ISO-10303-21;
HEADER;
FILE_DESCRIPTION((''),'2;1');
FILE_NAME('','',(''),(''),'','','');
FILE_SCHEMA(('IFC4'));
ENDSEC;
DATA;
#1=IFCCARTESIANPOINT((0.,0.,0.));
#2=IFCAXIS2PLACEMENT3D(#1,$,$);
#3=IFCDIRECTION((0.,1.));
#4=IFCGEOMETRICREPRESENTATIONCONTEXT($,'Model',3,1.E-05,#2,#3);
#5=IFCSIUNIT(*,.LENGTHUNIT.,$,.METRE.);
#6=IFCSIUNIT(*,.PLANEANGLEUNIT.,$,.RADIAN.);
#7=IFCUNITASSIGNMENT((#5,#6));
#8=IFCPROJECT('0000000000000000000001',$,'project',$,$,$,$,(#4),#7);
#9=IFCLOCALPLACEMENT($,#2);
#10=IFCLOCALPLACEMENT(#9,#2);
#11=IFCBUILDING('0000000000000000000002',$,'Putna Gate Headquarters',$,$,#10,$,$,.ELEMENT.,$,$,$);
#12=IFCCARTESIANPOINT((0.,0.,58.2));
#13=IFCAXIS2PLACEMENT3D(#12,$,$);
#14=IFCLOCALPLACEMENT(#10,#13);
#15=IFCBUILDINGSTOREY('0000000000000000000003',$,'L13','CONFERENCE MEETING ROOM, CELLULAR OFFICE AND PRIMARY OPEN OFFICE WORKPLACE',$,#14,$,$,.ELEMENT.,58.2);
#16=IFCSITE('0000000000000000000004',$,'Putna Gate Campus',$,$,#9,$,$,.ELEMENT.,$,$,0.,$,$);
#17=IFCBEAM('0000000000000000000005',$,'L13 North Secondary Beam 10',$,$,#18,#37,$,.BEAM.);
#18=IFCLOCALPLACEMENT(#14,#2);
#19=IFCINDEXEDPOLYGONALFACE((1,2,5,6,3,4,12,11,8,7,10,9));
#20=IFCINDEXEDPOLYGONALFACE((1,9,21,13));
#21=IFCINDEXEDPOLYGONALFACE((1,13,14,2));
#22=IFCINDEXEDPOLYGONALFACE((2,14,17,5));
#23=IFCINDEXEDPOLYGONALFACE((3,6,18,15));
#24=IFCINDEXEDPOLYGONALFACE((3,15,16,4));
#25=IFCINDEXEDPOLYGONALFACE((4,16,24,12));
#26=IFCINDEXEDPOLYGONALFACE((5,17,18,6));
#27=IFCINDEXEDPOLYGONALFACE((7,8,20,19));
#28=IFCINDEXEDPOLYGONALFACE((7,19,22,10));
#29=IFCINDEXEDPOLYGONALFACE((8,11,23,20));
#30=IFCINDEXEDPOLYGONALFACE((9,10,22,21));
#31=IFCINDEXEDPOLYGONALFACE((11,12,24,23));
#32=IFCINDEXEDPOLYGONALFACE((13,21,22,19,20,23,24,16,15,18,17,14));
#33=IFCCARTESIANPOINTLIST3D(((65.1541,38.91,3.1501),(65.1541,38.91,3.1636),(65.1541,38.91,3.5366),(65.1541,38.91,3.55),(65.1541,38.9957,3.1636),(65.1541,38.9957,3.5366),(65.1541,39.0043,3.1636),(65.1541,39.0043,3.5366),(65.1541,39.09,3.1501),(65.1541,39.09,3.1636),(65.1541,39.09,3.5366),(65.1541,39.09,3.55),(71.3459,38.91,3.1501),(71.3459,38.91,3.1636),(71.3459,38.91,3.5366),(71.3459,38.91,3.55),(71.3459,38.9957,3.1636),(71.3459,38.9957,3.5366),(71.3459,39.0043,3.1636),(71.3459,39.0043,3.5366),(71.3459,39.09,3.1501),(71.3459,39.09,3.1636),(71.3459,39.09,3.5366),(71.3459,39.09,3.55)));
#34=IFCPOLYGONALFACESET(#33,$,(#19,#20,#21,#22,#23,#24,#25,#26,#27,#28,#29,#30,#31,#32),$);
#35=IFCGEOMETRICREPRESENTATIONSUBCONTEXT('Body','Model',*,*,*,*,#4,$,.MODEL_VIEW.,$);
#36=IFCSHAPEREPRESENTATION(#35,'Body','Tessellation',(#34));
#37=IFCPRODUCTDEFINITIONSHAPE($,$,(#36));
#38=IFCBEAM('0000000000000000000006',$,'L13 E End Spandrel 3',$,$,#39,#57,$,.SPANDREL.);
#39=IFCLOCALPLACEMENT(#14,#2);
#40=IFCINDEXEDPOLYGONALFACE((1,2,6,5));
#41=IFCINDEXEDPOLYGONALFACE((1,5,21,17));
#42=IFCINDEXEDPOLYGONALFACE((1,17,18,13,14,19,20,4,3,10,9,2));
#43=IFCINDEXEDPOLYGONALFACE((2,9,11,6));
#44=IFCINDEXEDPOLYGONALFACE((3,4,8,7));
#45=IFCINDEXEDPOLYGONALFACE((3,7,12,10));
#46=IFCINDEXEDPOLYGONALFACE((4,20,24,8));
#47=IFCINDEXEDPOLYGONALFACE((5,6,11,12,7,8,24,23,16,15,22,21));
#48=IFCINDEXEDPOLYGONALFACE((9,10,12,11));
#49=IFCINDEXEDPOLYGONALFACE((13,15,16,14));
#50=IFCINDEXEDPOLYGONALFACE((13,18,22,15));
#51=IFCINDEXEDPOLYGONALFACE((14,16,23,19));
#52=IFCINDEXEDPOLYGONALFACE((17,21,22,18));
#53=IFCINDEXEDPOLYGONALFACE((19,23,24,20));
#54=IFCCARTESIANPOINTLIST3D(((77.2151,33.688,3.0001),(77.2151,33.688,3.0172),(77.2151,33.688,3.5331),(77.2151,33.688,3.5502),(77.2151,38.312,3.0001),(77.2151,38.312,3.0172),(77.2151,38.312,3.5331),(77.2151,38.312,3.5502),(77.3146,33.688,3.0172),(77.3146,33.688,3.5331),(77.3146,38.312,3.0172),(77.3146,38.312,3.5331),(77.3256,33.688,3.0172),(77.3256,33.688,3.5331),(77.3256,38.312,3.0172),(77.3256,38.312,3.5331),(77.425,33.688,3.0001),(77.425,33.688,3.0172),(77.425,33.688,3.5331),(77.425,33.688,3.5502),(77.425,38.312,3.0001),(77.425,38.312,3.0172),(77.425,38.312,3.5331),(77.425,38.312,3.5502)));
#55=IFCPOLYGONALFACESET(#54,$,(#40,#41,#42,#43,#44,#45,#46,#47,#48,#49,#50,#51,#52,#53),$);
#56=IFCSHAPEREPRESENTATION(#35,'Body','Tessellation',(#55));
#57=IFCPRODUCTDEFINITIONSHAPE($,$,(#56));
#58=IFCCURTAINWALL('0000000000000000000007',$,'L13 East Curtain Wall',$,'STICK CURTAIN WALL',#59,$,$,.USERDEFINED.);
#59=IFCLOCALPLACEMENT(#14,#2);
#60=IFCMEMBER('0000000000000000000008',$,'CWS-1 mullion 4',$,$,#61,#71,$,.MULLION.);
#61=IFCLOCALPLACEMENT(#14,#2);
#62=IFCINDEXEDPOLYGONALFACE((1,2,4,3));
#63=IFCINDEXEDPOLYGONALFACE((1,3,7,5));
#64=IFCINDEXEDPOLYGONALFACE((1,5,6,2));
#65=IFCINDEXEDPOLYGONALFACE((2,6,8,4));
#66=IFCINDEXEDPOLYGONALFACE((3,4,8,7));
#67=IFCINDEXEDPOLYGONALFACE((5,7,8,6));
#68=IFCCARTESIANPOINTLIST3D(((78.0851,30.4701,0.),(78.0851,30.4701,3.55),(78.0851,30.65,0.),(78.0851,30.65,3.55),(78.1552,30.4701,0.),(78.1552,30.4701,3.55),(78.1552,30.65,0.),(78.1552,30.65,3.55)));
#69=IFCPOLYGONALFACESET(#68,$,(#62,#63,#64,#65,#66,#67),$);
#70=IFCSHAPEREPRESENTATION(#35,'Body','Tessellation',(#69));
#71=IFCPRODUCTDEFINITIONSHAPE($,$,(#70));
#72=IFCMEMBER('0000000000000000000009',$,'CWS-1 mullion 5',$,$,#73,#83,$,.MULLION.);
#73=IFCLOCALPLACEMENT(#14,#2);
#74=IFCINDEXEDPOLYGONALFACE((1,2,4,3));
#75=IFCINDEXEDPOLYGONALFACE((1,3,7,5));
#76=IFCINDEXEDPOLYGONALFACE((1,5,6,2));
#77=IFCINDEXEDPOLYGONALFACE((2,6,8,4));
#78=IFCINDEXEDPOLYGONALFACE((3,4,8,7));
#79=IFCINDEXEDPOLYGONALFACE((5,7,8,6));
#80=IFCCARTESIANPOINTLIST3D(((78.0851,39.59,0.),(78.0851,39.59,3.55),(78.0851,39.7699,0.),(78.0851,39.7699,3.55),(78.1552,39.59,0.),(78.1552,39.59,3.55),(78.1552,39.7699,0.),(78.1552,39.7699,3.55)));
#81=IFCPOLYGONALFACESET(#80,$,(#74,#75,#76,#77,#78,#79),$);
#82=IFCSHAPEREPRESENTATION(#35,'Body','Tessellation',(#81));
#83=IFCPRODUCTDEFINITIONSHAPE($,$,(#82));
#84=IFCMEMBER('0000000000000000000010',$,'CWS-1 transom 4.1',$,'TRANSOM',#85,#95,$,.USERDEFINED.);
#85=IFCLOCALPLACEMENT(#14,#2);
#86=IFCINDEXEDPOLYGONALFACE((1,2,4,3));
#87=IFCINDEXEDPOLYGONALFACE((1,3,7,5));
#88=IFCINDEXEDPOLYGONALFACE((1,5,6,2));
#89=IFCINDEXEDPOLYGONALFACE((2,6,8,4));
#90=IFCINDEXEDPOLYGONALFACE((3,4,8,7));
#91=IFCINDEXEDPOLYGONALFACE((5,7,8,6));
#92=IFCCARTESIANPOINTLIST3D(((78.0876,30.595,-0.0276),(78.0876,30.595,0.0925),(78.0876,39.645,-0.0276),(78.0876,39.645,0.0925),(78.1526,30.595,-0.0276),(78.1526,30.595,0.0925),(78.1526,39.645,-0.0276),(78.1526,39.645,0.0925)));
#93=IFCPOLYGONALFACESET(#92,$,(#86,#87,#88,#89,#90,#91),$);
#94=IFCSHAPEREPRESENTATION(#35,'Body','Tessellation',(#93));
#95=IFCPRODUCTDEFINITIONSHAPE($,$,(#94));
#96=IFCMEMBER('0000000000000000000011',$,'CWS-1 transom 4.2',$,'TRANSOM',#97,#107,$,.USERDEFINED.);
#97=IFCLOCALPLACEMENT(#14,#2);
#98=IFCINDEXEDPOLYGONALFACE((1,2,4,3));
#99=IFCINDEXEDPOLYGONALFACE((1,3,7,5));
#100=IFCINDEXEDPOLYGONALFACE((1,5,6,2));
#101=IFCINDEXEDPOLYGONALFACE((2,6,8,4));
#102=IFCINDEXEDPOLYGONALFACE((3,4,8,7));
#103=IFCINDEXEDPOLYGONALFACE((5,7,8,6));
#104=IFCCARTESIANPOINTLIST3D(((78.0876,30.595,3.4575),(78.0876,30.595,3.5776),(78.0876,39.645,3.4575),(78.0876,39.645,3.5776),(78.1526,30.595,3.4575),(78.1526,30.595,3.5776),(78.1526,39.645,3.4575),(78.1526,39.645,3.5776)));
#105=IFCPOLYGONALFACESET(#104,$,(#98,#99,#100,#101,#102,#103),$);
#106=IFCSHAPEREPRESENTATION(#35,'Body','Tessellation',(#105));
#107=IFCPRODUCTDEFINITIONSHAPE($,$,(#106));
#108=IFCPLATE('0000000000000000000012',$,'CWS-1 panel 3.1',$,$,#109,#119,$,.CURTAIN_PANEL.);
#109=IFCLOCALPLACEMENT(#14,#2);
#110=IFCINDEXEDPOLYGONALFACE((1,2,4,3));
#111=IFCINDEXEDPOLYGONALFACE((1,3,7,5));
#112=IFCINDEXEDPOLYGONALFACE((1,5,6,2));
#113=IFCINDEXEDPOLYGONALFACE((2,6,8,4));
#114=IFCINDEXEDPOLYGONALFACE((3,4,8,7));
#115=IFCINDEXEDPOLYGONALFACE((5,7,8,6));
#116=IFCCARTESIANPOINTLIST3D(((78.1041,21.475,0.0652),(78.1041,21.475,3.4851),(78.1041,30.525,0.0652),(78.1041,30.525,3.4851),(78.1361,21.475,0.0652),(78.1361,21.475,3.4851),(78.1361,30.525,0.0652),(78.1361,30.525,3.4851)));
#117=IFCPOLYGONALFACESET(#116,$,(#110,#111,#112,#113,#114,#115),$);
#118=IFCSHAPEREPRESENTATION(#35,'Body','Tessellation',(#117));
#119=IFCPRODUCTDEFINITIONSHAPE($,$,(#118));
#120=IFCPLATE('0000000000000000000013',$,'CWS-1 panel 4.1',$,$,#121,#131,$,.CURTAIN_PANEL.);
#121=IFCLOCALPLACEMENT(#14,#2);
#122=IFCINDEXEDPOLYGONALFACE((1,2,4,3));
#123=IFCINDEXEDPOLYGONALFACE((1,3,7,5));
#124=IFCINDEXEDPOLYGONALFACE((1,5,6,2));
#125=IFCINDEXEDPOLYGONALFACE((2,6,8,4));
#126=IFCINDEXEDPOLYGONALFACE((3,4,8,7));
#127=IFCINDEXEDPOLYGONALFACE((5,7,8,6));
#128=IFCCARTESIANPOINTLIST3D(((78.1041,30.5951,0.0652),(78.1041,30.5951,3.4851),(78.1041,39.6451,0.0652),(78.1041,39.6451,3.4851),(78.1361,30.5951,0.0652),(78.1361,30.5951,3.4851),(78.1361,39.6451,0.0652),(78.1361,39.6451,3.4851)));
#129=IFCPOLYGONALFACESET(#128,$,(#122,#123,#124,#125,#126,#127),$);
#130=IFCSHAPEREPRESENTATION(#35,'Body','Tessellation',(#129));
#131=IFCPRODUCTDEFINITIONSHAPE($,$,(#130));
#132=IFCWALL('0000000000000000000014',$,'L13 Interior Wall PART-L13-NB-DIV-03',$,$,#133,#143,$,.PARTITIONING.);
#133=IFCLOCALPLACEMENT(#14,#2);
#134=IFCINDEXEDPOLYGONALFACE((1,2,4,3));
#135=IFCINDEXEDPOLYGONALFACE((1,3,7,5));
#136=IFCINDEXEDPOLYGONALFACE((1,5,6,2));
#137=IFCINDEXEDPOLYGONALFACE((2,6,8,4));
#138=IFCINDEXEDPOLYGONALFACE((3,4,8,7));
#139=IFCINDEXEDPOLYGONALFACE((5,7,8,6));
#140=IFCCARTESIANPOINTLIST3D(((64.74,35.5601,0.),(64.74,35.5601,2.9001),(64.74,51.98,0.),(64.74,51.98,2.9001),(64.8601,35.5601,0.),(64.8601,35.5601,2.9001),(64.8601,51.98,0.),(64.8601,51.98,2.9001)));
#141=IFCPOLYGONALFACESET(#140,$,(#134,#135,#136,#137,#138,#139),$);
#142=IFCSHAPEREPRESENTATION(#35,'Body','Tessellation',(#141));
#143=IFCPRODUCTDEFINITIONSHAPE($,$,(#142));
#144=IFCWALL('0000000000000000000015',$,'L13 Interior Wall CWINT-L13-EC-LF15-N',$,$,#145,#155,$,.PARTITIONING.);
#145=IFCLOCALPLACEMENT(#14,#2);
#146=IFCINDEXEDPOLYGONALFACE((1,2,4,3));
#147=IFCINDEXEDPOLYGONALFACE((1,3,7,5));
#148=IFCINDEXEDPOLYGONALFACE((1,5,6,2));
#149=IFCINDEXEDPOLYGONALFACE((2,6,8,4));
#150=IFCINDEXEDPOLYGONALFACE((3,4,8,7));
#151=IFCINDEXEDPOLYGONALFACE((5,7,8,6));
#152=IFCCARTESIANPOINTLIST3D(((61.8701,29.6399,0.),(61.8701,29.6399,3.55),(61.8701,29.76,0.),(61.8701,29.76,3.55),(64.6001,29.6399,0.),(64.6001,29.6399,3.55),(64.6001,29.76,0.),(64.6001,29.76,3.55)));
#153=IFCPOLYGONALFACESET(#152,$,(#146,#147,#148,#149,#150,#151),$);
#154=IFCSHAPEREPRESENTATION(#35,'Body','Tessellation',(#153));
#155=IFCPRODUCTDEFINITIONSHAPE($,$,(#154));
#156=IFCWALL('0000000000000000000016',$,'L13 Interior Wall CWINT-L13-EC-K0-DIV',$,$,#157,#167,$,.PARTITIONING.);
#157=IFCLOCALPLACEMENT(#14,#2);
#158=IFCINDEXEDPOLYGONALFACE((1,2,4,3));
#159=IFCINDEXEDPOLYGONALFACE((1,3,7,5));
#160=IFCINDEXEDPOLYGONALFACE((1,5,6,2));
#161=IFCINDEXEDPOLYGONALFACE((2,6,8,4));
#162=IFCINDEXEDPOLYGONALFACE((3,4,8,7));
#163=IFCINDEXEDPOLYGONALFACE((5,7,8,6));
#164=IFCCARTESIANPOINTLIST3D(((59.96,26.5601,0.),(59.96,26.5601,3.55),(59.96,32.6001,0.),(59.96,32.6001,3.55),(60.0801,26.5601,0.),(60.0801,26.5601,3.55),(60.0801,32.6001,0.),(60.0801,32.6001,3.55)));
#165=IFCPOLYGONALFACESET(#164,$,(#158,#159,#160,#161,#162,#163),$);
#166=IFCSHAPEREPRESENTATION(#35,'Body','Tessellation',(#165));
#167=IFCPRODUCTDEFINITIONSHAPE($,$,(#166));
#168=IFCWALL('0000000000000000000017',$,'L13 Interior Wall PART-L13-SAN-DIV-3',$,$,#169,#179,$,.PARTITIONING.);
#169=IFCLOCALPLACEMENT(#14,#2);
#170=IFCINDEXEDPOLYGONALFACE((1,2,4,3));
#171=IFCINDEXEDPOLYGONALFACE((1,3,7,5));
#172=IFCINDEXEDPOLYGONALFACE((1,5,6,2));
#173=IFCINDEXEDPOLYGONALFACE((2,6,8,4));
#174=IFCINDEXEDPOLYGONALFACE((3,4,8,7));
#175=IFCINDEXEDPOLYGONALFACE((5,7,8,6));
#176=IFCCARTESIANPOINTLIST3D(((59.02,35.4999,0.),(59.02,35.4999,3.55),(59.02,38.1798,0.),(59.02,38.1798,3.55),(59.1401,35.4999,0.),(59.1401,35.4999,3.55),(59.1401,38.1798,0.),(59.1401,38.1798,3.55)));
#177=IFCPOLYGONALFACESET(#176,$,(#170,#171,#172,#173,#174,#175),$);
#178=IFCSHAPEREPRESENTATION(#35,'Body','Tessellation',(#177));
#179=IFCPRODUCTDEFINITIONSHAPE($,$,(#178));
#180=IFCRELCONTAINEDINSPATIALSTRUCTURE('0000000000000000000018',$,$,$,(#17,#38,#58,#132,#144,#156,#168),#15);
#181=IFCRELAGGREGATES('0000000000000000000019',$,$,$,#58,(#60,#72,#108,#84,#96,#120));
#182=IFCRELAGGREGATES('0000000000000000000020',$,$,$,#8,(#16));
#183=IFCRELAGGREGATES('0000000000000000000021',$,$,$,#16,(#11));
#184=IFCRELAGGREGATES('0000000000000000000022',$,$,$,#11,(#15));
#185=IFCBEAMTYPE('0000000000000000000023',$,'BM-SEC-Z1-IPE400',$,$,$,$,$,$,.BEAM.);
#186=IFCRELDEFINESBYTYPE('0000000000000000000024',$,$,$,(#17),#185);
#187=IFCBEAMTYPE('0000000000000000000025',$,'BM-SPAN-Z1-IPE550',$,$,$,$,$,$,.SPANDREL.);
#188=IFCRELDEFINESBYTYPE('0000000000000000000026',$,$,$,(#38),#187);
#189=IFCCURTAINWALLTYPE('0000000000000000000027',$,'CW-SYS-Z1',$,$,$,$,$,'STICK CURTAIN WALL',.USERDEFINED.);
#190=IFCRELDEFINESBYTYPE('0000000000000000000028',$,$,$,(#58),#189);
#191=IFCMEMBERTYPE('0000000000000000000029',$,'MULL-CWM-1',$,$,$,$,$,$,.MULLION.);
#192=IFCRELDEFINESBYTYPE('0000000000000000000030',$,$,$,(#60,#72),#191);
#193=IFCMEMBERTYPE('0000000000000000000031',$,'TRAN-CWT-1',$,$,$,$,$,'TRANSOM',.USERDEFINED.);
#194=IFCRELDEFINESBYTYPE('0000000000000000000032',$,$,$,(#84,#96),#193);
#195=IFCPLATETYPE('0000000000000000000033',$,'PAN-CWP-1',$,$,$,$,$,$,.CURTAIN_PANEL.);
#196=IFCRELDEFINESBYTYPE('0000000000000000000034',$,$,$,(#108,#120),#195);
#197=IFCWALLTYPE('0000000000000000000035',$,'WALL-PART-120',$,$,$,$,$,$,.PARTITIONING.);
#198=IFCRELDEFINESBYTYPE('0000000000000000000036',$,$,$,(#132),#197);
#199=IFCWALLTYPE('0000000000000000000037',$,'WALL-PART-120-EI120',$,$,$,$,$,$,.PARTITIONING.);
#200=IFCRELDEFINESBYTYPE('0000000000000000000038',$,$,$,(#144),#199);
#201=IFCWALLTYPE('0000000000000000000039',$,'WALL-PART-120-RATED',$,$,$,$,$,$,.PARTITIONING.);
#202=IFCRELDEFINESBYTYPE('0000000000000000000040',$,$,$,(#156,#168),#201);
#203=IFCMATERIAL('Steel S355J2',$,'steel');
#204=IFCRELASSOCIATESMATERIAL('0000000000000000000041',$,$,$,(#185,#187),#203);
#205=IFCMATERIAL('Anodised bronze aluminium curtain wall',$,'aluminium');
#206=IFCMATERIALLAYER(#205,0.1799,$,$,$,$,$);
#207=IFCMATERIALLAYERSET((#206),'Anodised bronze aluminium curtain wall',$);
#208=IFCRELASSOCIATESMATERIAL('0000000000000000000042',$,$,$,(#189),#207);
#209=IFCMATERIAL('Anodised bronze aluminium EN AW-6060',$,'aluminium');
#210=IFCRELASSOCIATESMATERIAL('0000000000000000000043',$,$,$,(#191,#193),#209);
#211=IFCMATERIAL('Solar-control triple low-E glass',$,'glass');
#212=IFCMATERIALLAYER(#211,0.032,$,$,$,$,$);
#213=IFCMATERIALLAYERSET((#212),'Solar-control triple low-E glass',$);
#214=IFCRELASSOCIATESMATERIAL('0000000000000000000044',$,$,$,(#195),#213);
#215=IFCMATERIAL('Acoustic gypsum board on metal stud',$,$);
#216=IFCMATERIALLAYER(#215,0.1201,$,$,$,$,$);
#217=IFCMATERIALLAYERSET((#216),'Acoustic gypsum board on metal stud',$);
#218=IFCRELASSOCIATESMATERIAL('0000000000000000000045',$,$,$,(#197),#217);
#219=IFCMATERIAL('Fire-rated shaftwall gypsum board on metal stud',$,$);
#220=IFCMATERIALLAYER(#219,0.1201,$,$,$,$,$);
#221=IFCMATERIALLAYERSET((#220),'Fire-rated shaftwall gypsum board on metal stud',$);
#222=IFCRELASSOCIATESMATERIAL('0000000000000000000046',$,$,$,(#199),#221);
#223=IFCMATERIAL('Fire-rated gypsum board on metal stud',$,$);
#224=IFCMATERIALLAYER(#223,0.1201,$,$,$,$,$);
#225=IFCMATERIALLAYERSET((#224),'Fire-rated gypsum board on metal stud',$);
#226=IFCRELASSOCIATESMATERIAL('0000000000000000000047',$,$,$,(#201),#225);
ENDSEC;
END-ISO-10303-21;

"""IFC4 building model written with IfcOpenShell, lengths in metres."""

from ifc_helpers import new_model, si_unit, direction, frame, frame_2d, origin, origin_2d, place, context, subcontext, project, spatial, rectangle, i_section, extrude, material, layer, layer_set, material_profile, profile_set, type_object, element, aggregate, save


model = new_model("IFC4")

# Units and contexts
model_context = context("Model", 3, precision=1e-05, world=origin(), true_north=direction((0.0, 1.0)))
body_context = subcontext(model_context, "Body", "Model", "MODEL_VIEW")
ifc_project = project(units=[si_unit("LENGTHUNIT", "METRE"), si_unit("PLANEANGLEUNIT", "RADIAN")], contexts=[model_context])

# Site, building, storey
site_placement = place(None, origin())
site = spatial("IfcSite", under=ifc_project, at=site_placement, Name="Putna Gate Campus", CompositionType="ELEMENT", RefElevation=0.0)
building_placement = place(site_placement, origin())
building = spatial("IfcBuilding", under=site, at=building_placement, Name="Putna Gate Headquarters", CompositionType="ELEMENT")
storey_placement = place(building_placement, frame((0.0, 0.0, 58.2)))
storey = spatial("IfcBuildingStorey", under=building, at=storey_placement, Name="L13", Description="CONFERENCE MEETING ROOM, CELLULAR OFFICE AND PRIMARY OPEN OFFICE WORKPLACE", CompositionType="ELEMENT", Elevation=58.2)

# Beams
ifc_material_1 = material(Name="Steel S355J2", Category="steel")
ifc_material_profile_1 = material_profile(ifc_material_1, i_section(OverallWidth=0.1799, OverallDepth=0.3999, WebThickness=0.0085, FlangeThickness=0.0134, at=origin_2d()), Name="Steel S355J2")
ifc_profile_set_1 = profile_set([ifc_material_profile_1], Name="Steel S355J2")
beam_type_1 = type_object("IfcBeamType", Name="BM-SEC-Z1-IPE400", PredefinedType="BEAM", material=ifc_profile_set_1)
beam_1_placement = place(storey_placement, frame((65.1541, 39.0, 3.3501), z_axis=(1.0, 0.0, 0.0), x_axis=(0.0, 1.0, 0.0)))
element("IfcBeam", 1, at=beam_1_placement, inside=storey, type_object=beam_type_1, Name="L13 North Secondary Beam 10", PredefinedType="BEAM", context=body_context, shape_type="SweptSolid", body=[
    extrude(i_section(OverallWidth=0.1799, OverallDepth=0.3999, WebThickness=0.0085, FlangeThickness=0.0134, at=origin_2d()), origin(), (0.0, 0.0, 1.0), 6.1919),
])
ifc_material_profile_2 = material_profile(ifc_material_1, i_section(OverallWidth=0.21, OverallDepth=0.55, WebThickness=0.011, FlangeThickness=0.0171, at=origin_2d()), Name="Steel S355J2")
ifc_profile_set_2 = profile_set([ifc_material_profile_2], Name="Steel S355J2")
beam_type_2 = type_object("IfcBeamType", Name="BM-SPAN-Z1-IPE550", PredefinedType="SPANDREL", material=ifc_profile_set_2)
beam_2_placement = place(storey_placement, frame((77.3201, 33.688, 3.2751), z_axis=(0.0, 1.0, 0.0), x_axis=(-1.0, 0.0, 0.0)))
element("IfcBeam", 2, at=beam_2_placement, inside=storey, type_object=beam_type_2, Name="L13 E End Spandrel 3", PredefinedType="SPANDREL", context=body_context, shape_type="SweptSolid", body=[
    extrude(i_section(OverallWidth=0.21, OverallDepth=0.55, WebThickness=0.011, FlangeThickness=0.0171, at=origin_2d()), origin(), (0.0, 0.0, 1.0), 4.624),
])

# Curtain wall, members, plates
ifc_material_2 = material(Name="Anodised bronze aluminium curtain wall", Category="aluminium")
ifc_layer_1 = layer(ifc_material_2, 0.1799)
ifc_layer_set_1 = layer_set([ifc_layer_1], Name="Anodised bronze aluminium curtain wall")
curtain_wall_type = type_object("IfcCurtainWallType", Name="CW-SYS-Z1", ElementType="STICK CURTAIN WALL", PredefinedType="USERDEFINED", material=ifc_layer_set_1)
curtain_wall_placement = place(storey_placement, origin())
curtain_wall = element("IfcCurtainWall", 3, at=curtain_wall_placement, inside=storey, type_object=curtain_wall_type, Name="L13 East Curtain Wall", ObjectType="STICK CURTAIN WALL", PredefinedType="USERDEFINED")
ifc_material_3 = material(Name="Anodised bronze aluminium EN AW-6060", Category="aluminium")
ifc_material_profile_3 = material_profile(ifc_material_3, rectangle(XDim=0.0701, YDim=0.1799, at=origin_2d()), Name="Anodised bronze aluminium EN AW-6060")
ifc_profile_set_3 = profile_set([ifc_material_profile_3], Name="Anodised bronze aluminium EN AW-6060")
member_type_1 = type_object("IfcMemberType", Name="MULL-CWM-1", PredefinedType="MULLION", material=ifc_profile_set_3)
member_1_placement = place(storey_placement, frame((78.1201, 30.5601, 0.0), z_axis=(0.0, 0.0, 1.0), x_axis=(-1.0, 0.0, 0.0)))
member_1 = element("IfcMember", 4, at=member_1_placement, type_object=member_type_1, Name="CWS-1 mullion 4", PredefinedType="MULLION", context=body_context, shape_type="SweptSolid", body=[
    extrude(rectangle(XDim=0.0701, YDim=0.1799, at=origin_2d()), origin(), (0.0, 0.0, 1.0), 3.55),
])
member_2_placement = place(storey_placement, frame((78.1201, 39.6799, 0.0), z_axis=(0.0, 0.0, 1.0), x_axis=(-1.0, 0.0, 0.0)))
member_2 = element("IfcMember", 5, at=member_2_placement, type_object=member_type_1, Name="CWS-1 mullion 5", PredefinedType="MULLION", context=body_context, shape_type="SweptSolid", body=[
    extrude(rectangle(XDim=0.0701, YDim=0.1799, at=origin_2d()), origin(), (0.0, 0.0, 1.0), 3.55),
])
ifc_material_profile_4 = material_profile(ifc_material_3, rectangle(XDim=0.0649, YDim=0.1201, at=origin_2d()), Name="Anodised bronze aluminium EN AW-6060")
ifc_profile_set_4 = profile_set([ifc_material_profile_4], Name="Anodised bronze aluminium EN AW-6060")
member_type_2 = type_object("IfcMemberType", Name="TRAN-CWT-1", ElementType="TRANSOM", PredefinedType="USERDEFINED", material=ifc_profile_set_4)
member_3_placement = place(storey_placement, frame((78.1201, 30.595, 0.0325), z_axis=(0.0, 1.0, 0.0), x_axis=(-1.0, 0.0, 0.0)))
member_3 = element("IfcMember", 6, at=member_3_placement, type_object=member_type_2, Name="CWS-1 transom 4.1", ObjectType="TRANSOM", PredefinedType="USERDEFINED", context=body_context, shape_type="SweptSolid", body=[
    extrude(rectangle(XDim=0.0649, YDim=0.1201, at=origin_2d()), origin(), (0.0, 0.0, 1.0), 9.05),
])
member_4_placement = place(storey_placement, frame((78.1201, 30.595, 3.5176), z_axis=(0.0, 1.0, 0.0), x_axis=(-1.0, 0.0, 0.0)))
member_4 = element("IfcMember", 7, at=member_4_placement, type_object=member_type_2, Name="CWS-1 transom 4.2", ObjectType="TRANSOM", PredefinedType="USERDEFINED", context=body_context, shape_type="SweptSolid", body=[
    extrude(rectangle(XDim=0.0649, YDim=0.1201, at=origin_2d()), origin(), (0.0, 0.0, 1.0), 9.05),
])
ifc_material_4 = material(Name="Solar-control triple low-E glass", Category="glass")
ifc_layer_2 = layer(ifc_material_4, 0.032)
ifc_layer_set_2 = layer_set([ifc_layer_2], Name="Solar-control triple low-E glass")
plate_type = type_object("IfcPlateType", Name="PAN-CWP-1", PredefinedType="CURTAIN_PANEL", material=ifc_layer_set_2)
plate_1_placement = place(storey_placement, frame((78.1201, 26.0, 0.0652), z_axis=(0.0, 0.0, 1.0), x_axis=(0.0, 1.0, 0.0)))
plate_1 = element("IfcPlate", 8, at=plate_1_placement, type_object=plate_type, Name="CWS-1 panel 3.1", PredefinedType="CURTAIN_PANEL", context=body_context, shape_type="SweptSolid", body=[
    extrude(rectangle(XDim=9.05, YDim=0.032, at=origin_2d()), origin(), (0.0, 0.0, 1.0), 3.4199),
])
plate_2_placement = place(storey_placement, frame((78.1201, 35.1201, 0.0652), z_axis=(0.0, 0.0, 1.0), x_axis=(0.0, 1.0, 0.0)))
plate_2 = element("IfcPlate", 9, at=plate_2_placement, type_object=plate_type, Name="CWS-1 panel 4.1", PredefinedType="CURTAIN_PANEL", context=body_context, shape_type="SweptSolid", body=[
    extrude(rectangle(XDim=9.05, YDim=0.032, at=origin_2d()), origin(), (0.0, 0.0, 1.0), 3.4199),
])
aggregate(curtain_wall, [member_1, member_2, plate_1, member_3, member_4, plate_2])

# Walls
ifc_material_5 = material(Name="Acoustic gypsum board on metal stud")
ifc_layer_3 = layer(ifc_material_5, 0.1201)
ifc_layer_set_3 = layer_set([ifc_layer_3], Name="Acoustic gypsum board on metal stud")
wall_type_1 = type_object("IfcWallType", Name="WALL-PART-120", PredefinedType="PARTITIONING", material=ifc_layer_set_3)
wall_1_placement = place(storey_placement, frame((64.8, 35.5601, 0.0), z_axis=(0.0, 0.0, 1.0), x_axis=(0.0, 1.0, 0.0)))
element("IfcWall", 10, at=wall_1_placement, inside=storey, type_object=wall_type_1, Name="L13 Interior Wall PART-L13-NB-DIV-03", PredefinedType="PARTITIONING", context=body_context, shape_type="SweptSolid", body=[
    extrude(rectangle(XDim=16.4199, YDim=0.1201, at=frame_2d((8.21, 0.0))), origin(), (0.0, 0.0, 1.0), 2.9001),
])
ifc_material_6 = material(Name="Fire-rated shaftwall gypsum board on metal stud")
ifc_layer_4 = layer(ifc_material_6, 0.1201)
ifc_layer_set_4 = layer_set([ifc_layer_4], Name="Fire-rated shaftwall gypsum board on metal stud")
wall_type_2 = type_object("IfcWallType", Name="WALL-PART-120-EI120", PredefinedType="PARTITIONING", material=ifc_layer_set_4)
wall_2_placement = place(storey_placement, frame((61.8701, 29.7, 0.0), z_axis=(0.0, 0.0, 1.0), x_axis=(1.0, 0.0, 0.0)))
element("IfcWall", 11, at=wall_2_placement, inside=storey, type_object=wall_type_2, Name="L13 Interior Wall CWINT-L13-EC-LF15-N", PredefinedType="PARTITIONING", context=body_context, shape_type="SweptSolid", body=[
    extrude(rectangle(XDim=2.73, YDim=0.1201, at=frame_2d((1.365, 0.0))), origin(), (0.0, 0.0, 1.0), 3.55),
])
ifc_material_7 = material(Name="Fire-rated gypsum board on metal stud")
ifc_layer_5 = layer(ifc_material_7, 0.1201)
ifc_layer_set_5 = layer_set([ifc_layer_5], Name="Fire-rated gypsum board on metal stud")
wall_type_3 = type_object("IfcWallType", Name="WALL-PART-120-RATED", PredefinedType="PARTITIONING", material=ifc_layer_set_5)
wall_3_placement = place(storey_placement, frame((60.02, 26.5601, 0.0), z_axis=(0.0, 0.0, 1.0), x_axis=(0.0, 1.0, 0.0)))
element("IfcWall", 12, at=wall_3_placement, inside=storey, type_object=wall_type_3, Name="L13 Interior Wall CWINT-L13-EC-K0-DIV", PredefinedType="PARTITIONING", context=body_context, shape_type="SweptSolid", body=[
    extrude(rectangle(XDim=6.04, YDim=0.1201, at=frame_2d((3.02, 0.0))), origin(), (0.0, 0.0, 1.0), 3.55),
])
for number, where, z_axis, x_axis, name in (
    (13, (59.0801, 35.5, 0.0), (0.0, 0.0, 1.0), (0.0, 1.0, 0.0), "L13 Interior Wall PART-L13-SAN-DIV-3"),
):
    element("IfcWall", number, at=place(storey_placement, frame(where, z_axis=z_axis, x_axis=x_axis)), inside=storey, type_object=wall_type_3, Name=name, PredefinedType="PARTITIONING", context=body_context, shape_type="SweptSolid", body=[
        extrude(rectangle(XDim=2.6799, YDim=0.1201, at=frame_2d((1.3398, 0.0))), origin(), (0.0, 0.0, 1.0), 3.55),
    ])

save(model, "model.ifc")
